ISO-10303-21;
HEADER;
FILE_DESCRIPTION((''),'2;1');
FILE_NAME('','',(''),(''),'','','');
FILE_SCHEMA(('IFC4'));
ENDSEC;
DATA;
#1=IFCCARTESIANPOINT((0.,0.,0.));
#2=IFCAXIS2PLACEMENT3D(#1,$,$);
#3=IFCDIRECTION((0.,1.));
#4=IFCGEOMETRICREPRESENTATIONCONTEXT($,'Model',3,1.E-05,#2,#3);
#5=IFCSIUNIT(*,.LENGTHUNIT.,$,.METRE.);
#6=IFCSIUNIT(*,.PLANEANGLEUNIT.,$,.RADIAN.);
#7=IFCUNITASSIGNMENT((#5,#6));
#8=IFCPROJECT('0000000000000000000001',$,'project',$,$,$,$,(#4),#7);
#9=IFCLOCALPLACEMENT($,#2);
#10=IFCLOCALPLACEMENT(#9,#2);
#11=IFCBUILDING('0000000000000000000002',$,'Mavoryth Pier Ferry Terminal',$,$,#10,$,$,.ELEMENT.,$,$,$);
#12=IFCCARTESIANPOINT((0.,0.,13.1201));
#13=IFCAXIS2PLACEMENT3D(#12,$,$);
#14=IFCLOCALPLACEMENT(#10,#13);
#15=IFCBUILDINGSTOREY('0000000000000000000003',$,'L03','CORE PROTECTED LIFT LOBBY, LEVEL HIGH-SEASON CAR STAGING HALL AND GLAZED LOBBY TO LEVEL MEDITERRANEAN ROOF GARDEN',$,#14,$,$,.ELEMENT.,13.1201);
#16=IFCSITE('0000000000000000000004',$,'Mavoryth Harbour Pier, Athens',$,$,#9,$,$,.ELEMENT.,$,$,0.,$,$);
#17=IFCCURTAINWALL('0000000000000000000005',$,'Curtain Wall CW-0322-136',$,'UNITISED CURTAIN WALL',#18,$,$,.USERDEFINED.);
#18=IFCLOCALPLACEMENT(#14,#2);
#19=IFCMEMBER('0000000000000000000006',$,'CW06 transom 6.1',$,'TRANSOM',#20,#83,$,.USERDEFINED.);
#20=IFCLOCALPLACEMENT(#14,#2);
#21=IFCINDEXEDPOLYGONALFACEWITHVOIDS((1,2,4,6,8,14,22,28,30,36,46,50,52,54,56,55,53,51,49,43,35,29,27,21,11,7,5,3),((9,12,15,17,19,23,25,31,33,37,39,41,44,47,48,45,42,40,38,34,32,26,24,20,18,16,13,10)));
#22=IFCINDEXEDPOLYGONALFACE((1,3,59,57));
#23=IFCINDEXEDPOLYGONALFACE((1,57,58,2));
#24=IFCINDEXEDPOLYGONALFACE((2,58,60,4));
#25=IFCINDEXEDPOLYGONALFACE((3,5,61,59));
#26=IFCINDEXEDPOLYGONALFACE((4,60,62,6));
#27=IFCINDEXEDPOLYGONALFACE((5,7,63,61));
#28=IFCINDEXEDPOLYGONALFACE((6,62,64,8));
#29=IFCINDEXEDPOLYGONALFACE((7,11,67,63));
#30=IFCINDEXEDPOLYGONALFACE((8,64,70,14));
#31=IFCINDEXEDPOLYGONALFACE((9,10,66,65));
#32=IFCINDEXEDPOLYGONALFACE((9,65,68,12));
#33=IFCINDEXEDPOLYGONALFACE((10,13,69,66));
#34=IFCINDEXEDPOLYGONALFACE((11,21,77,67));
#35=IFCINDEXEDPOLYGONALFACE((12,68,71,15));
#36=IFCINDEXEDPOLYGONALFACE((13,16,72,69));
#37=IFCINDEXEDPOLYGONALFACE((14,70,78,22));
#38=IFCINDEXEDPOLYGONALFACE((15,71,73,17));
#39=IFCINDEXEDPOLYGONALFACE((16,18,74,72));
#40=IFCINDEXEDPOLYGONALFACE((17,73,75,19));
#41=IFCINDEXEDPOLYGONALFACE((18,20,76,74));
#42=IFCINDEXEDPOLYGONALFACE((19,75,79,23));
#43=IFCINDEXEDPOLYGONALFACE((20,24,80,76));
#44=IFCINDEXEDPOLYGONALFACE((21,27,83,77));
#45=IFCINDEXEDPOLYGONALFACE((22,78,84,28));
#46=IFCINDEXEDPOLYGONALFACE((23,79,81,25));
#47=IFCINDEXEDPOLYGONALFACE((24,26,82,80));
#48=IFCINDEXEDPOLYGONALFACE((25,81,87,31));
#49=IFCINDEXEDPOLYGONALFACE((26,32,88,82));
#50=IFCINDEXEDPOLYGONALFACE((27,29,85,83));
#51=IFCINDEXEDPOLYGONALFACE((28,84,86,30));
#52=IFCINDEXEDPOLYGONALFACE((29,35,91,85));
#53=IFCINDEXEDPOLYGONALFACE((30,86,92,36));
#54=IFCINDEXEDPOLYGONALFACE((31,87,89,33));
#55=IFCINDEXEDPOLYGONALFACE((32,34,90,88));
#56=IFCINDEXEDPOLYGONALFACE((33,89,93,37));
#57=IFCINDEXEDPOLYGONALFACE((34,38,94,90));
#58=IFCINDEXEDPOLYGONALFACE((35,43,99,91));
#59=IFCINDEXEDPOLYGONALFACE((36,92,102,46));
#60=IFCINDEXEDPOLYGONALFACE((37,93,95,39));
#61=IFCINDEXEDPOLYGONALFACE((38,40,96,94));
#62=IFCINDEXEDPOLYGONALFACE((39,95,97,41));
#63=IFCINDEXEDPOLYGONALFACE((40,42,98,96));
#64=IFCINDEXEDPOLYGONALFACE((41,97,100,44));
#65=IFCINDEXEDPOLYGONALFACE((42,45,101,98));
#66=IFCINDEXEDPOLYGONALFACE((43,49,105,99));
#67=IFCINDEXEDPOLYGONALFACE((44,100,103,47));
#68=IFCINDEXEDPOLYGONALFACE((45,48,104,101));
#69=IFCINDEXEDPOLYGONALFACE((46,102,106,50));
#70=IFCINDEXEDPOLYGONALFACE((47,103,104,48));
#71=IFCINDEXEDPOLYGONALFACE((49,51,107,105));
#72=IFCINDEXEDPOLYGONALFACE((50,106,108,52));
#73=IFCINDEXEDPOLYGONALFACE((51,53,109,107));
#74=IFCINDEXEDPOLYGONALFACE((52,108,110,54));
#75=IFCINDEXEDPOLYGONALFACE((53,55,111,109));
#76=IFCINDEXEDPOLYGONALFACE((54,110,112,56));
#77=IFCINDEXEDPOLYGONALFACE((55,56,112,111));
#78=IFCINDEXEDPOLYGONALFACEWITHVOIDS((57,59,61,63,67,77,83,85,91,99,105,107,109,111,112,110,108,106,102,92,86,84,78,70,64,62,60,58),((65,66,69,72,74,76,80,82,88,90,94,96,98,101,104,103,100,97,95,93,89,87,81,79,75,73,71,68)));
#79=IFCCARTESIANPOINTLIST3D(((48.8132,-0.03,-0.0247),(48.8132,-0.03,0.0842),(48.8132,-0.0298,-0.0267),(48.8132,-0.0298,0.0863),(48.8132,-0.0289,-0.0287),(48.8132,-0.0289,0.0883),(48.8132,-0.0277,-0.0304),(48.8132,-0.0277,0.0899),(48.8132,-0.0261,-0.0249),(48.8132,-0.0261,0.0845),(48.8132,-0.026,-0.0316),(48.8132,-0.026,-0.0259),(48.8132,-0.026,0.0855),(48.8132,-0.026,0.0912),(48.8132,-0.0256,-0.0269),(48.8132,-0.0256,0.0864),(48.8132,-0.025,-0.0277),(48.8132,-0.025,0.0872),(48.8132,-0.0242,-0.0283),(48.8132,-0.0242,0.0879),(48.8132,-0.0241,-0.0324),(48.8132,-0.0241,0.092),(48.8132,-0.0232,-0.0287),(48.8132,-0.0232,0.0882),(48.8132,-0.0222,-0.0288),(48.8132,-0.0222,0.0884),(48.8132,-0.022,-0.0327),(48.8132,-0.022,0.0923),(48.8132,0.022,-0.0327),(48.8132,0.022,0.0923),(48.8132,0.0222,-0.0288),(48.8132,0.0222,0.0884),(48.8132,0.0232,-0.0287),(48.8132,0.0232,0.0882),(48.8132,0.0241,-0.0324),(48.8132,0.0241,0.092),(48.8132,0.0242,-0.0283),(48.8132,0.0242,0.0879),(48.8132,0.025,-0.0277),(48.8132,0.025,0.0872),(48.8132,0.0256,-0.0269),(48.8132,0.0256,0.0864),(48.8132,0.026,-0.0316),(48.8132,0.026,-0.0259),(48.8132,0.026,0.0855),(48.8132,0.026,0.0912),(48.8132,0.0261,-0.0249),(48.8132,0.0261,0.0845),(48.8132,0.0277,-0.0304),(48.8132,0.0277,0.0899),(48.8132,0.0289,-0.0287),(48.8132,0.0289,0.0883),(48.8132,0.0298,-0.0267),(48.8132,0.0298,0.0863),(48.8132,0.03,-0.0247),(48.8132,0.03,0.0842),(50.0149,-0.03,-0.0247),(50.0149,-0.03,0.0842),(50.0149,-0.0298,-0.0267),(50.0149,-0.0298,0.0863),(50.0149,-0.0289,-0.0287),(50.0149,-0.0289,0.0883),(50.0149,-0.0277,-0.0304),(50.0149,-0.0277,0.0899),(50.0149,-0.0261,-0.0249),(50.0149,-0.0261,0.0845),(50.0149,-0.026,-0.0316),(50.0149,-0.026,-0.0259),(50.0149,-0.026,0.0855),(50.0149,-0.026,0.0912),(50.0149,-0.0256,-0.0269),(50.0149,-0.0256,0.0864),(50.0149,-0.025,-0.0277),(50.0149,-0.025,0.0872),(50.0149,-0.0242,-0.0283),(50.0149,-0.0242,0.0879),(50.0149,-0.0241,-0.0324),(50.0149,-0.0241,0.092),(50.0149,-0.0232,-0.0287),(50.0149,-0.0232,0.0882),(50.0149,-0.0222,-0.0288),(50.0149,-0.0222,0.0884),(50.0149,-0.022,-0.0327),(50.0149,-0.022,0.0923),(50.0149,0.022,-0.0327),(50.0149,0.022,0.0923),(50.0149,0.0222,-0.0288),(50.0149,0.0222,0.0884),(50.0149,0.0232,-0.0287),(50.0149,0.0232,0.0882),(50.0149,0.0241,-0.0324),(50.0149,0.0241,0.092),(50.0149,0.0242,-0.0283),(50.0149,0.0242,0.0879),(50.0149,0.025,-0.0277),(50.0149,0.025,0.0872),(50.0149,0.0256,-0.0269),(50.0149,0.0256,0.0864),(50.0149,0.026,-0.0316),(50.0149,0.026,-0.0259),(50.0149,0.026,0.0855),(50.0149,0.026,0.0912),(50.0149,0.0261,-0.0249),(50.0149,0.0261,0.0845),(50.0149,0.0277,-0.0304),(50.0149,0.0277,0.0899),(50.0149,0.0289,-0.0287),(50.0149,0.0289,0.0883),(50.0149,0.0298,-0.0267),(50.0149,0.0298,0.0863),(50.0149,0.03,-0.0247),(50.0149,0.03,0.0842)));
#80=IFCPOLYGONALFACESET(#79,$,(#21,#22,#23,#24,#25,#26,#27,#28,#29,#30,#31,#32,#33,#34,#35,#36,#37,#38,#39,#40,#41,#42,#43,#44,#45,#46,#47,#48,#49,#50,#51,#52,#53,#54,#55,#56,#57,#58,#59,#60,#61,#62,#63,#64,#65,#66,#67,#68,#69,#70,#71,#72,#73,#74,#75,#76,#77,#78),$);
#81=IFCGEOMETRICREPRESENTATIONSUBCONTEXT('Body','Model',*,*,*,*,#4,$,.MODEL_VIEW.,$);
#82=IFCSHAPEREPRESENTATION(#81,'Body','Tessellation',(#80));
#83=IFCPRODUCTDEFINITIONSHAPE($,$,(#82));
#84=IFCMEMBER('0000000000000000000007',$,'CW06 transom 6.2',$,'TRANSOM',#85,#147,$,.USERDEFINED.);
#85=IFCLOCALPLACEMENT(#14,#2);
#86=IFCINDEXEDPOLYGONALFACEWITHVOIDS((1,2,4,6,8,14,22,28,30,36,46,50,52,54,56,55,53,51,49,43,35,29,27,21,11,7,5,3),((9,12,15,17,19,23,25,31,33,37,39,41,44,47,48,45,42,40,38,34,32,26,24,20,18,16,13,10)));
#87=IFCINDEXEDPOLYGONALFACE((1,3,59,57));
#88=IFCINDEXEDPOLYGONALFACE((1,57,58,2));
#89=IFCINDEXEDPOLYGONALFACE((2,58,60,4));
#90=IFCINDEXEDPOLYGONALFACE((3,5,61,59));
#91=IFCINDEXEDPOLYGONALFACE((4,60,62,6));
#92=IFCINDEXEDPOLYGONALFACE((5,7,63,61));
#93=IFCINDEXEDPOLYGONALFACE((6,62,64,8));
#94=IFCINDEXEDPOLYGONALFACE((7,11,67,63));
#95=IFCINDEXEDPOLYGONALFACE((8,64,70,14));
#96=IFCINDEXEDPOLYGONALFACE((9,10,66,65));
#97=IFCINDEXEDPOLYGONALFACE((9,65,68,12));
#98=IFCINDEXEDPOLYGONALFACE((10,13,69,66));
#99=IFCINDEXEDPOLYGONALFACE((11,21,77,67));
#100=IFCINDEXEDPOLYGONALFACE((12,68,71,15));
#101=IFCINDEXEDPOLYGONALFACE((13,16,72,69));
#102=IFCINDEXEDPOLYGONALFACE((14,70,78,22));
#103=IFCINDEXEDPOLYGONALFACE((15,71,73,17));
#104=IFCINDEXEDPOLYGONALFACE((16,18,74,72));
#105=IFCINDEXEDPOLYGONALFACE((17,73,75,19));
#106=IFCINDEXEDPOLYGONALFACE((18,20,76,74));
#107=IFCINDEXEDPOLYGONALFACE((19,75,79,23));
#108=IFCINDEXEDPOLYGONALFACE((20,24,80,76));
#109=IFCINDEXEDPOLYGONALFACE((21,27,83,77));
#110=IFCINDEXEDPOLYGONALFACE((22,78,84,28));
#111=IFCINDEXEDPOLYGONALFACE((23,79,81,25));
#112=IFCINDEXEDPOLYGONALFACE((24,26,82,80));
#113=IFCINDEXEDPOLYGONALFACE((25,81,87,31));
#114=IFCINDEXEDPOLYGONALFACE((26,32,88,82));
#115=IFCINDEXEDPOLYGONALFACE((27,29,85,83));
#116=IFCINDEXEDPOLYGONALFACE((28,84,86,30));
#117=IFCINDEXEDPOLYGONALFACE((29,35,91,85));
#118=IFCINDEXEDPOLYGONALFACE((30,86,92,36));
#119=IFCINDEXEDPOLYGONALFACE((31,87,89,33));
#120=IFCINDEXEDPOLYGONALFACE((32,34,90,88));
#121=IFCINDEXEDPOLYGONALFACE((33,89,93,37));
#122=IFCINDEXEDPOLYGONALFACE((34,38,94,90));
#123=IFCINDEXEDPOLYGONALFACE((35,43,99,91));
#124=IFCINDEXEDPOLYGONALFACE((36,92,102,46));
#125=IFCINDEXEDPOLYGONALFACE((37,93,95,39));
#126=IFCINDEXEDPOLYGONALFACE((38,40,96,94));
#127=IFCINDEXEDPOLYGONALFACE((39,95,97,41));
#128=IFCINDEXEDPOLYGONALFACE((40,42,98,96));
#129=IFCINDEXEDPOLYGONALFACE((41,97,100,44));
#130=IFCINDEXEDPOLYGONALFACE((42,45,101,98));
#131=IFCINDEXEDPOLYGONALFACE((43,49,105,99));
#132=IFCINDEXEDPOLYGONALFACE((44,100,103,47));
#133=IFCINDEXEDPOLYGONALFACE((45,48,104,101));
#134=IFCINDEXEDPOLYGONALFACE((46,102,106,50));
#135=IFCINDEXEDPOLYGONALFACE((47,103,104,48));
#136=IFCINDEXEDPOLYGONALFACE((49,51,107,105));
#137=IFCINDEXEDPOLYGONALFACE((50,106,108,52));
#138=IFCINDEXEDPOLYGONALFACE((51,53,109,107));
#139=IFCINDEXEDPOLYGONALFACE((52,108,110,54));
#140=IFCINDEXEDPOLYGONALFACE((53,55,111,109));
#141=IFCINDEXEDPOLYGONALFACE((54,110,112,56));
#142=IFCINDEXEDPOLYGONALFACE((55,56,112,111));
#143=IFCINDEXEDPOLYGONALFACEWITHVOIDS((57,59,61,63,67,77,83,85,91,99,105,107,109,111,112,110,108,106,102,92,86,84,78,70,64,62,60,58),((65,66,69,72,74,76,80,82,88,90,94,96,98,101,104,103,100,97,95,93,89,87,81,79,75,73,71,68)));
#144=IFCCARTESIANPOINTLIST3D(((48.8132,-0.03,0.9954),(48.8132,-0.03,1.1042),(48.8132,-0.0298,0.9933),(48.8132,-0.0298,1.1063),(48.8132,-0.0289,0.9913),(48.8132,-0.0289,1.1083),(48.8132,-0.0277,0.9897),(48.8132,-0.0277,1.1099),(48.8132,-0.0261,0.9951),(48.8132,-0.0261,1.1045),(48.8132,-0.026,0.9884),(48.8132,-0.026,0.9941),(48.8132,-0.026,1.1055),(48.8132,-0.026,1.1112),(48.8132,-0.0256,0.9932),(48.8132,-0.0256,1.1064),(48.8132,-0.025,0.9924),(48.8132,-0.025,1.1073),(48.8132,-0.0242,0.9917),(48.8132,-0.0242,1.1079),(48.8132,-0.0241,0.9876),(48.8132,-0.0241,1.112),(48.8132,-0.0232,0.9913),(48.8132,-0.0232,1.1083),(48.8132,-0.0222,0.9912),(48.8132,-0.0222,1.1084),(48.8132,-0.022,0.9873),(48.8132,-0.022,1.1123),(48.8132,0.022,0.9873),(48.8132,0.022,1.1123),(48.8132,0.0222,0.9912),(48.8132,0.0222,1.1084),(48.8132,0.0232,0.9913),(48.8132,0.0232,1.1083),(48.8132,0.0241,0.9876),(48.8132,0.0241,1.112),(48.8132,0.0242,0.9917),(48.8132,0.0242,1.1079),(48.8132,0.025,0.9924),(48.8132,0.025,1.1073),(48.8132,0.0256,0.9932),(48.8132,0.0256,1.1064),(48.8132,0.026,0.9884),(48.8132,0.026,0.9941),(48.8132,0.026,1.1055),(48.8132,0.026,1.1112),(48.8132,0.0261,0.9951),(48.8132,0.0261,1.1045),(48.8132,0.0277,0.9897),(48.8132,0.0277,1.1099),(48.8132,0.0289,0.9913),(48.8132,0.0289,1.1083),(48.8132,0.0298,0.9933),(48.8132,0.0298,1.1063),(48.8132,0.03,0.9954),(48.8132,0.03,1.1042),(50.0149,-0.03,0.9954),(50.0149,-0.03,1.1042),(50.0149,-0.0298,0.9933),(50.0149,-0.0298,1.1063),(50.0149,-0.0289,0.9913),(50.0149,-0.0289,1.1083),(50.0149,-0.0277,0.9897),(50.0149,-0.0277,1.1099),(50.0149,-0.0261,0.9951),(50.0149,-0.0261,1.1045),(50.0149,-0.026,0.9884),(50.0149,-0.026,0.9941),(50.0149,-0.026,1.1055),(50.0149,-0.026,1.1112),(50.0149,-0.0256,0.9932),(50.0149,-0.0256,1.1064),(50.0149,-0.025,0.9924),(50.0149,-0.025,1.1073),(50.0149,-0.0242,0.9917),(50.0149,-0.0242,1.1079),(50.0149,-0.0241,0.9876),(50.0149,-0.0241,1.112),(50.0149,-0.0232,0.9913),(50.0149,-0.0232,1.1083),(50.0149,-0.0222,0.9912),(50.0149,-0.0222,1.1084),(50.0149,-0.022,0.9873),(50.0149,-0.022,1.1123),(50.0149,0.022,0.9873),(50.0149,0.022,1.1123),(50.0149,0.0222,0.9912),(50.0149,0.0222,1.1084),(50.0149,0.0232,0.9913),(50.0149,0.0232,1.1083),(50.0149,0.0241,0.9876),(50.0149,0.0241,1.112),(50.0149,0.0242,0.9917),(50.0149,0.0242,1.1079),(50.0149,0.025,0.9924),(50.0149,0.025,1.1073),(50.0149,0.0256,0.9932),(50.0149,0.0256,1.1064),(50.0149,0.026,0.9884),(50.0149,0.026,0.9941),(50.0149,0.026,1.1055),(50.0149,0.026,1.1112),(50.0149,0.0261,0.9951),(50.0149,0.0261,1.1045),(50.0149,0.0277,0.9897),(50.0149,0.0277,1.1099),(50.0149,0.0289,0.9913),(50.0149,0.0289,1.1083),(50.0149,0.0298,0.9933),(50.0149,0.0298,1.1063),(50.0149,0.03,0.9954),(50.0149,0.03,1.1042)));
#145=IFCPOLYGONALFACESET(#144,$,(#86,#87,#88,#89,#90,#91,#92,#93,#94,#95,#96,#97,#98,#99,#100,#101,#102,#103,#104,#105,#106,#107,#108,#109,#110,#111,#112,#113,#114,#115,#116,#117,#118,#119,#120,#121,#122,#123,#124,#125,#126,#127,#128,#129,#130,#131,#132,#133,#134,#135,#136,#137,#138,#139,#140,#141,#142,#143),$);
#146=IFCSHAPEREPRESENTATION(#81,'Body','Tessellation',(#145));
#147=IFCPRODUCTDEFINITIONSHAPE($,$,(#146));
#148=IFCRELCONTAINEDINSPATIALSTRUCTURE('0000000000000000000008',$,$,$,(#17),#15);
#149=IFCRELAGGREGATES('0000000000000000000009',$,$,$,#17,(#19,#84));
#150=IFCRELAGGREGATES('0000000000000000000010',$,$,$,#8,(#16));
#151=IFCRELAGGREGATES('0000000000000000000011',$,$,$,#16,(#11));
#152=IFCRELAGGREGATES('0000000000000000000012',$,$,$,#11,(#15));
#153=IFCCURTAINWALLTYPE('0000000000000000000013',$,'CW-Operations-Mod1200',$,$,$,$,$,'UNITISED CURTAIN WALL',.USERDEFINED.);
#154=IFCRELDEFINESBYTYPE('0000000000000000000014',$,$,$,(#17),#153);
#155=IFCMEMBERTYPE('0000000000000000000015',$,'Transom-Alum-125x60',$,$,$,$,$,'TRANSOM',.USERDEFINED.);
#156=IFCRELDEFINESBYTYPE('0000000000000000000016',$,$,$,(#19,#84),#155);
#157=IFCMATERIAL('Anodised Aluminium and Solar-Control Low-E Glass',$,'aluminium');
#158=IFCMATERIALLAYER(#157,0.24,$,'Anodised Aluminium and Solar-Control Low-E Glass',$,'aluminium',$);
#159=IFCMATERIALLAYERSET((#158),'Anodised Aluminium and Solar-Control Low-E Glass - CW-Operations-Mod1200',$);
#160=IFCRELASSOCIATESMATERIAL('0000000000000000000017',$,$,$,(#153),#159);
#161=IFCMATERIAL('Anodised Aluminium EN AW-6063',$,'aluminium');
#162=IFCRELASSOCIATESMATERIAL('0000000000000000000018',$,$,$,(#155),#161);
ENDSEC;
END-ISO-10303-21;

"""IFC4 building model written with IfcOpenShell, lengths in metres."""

from ifc_helpers import new_model, si_unit, direction, frame, origin, origin_2d, place, context, subcontext, project, spatial, hollow_rectangle, extrude, material, layer, layer_set, material_profile, profile_set, type_object, element, aggregate, save


model = new_model("IFC4")

# Units and contexts
model_context = context("Model", 3, precision=1e-05, world=origin(), true_north=direction((0.0, 1.0)))
body_context = subcontext(model_context, "Body", "Model", "MODEL_VIEW")
ifc_project = project(units=[si_unit("LENGTHUNIT", "METRE"), si_unit("PLANEANGLEUNIT", "RADIAN")], contexts=[model_context])

# Site, building, storey
site_placement = place(None, origin())
site = spatial("IfcSite", under=ifc_project, at=site_placement, Name="Mavoryth Harbour Pier, Athens", CompositionType="ELEMENT", RefElevation=0.0)
building_placement = place(site_placement, origin())
building = spatial("IfcBuilding", under=site, at=building_placement, Name="Mavoryth Pier Ferry Terminal", CompositionType="ELEMENT")
storey_placement = place(building_placement, frame((0.0, 0.0, 13.1201)))
storey = spatial("IfcBuildingStorey", under=building, at=storey_placement, Name="L03", Description="CORE PROTECTED LIFT LOBBY, LEVEL HIGH-SEASON CAR STAGING HALL AND GLAZED LOBBY TO LEVEL MEDITERRANEAN ROOF GARDEN", CompositionType="ELEMENT", Elevation=13.1201)

# Curtain wall
ifc_material_1 = material(Name="Anodised Aluminium and Solar-Control Low-E Glass", Category="aluminium")
ifc_layer_1 = layer(ifc_material_1, 0.24, Name="Anodised Aluminium and Solar-Control Low-E Glass", Category="aluminium")
ifc_layer_set_1 = layer_set([ifc_layer_1], Name="Anodised Aluminium and Solar-Control Low-E Glass - CW-Operations-Mod1200")
curtain_wall_type = type_object("IfcCurtainWallType", Name="CW-Operations-Mod1200", ElementType="UNITISED CURTAIN WALL", PredefinedType="USERDEFINED", material=ifc_layer_set_1)
curtain_wall_1_placement = place(storey_placement, origin())
curtain_wall_1 = element("IfcCurtainWall", 1, at=curtain_wall_1_placement, inside=storey, type_object=curtain_wall_type, Name="Curtain Wall CW-0322-136", ObjectType="UNITISED CURTAIN WALL", PredefinedType="USERDEFINED")
ifc_material_2 = material(Name="Anodised Aluminium EN AW-6063", Category="aluminium")

# Members
ifc_material_profile_1 = material_profile(ifc_material_2, hollow_rectangle(XDim=0.0601, YDim=0.125, WallThickness=0.0039, InnerFilletRadius=0.0039, OuterFilletRadius=0.0081, at=origin_2d()), Name="AL-TRAN 125x60x4", Category="aluminium")
ifc_profile_set_1 = profile_set([ifc_material_profile_1], Name="Anodised Aluminium EN AW-6063 - AL-TRAN 125x60x4")
member_type_1 = type_object("IfcMemberType", Name="Transom-Alum-125x60", ElementType="TRANSOM", PredefinedType="USERDEFINED", material=ifc_profile_set_1)
member_1_placement = place(storey_placement, frame((48.8132, 0.0, 0.0298), z_axis=(1.0, 0.0, 0.0), x_axis=(0.0, 1.0, 0.0)))
member_1 = element("IfcMember", 2, at=member_1_placement, type_object=member_type_1, Name="CW06 transom 6.1", ObjectType="TRANSOM", PredefinedType="USERDEFINED", context=body_context, shape_type="SweptSolid", body=[
    extrude(hollow_rectangle(XDim=0.0601, YDim=0.125, WallThickness=0.0039, InnerFilletRadius=0.0039, OuterFilletRadius=0.0081, at=origin_2d()), origin(), (0.0, 0.0, 1.0), 1.2017),
])
member_2_placement = place(storey_placement, frame((48.8132, 0.0, 1.0498), z_axis=(1.0, 0.0, 0.0), x_axis=(0.0, 1.0, 0.0)))
member_2 = element("IfcMember", 3, at=member_2_placement, type_object=member_type_1, Name="CW06 transom 6.2", ObjectType="TRANSOM", PredefinedType="USERDEFINED", context=body_context, shape_type="SweptSolid", body=[
    extrude(hollow_rectangle(XDim=0.0601, YDim=0.125, WallThickness=0.0039, InnerFilletRadius=0.0039, OuterFilletRadius=0.0081, at=origin_2d()), origin(), (0.0, 0.0, 1.0), 1.2017),
])

aggregate(curtain_wall_1, [member_1, member_2])

save(model, "model.ifc")
